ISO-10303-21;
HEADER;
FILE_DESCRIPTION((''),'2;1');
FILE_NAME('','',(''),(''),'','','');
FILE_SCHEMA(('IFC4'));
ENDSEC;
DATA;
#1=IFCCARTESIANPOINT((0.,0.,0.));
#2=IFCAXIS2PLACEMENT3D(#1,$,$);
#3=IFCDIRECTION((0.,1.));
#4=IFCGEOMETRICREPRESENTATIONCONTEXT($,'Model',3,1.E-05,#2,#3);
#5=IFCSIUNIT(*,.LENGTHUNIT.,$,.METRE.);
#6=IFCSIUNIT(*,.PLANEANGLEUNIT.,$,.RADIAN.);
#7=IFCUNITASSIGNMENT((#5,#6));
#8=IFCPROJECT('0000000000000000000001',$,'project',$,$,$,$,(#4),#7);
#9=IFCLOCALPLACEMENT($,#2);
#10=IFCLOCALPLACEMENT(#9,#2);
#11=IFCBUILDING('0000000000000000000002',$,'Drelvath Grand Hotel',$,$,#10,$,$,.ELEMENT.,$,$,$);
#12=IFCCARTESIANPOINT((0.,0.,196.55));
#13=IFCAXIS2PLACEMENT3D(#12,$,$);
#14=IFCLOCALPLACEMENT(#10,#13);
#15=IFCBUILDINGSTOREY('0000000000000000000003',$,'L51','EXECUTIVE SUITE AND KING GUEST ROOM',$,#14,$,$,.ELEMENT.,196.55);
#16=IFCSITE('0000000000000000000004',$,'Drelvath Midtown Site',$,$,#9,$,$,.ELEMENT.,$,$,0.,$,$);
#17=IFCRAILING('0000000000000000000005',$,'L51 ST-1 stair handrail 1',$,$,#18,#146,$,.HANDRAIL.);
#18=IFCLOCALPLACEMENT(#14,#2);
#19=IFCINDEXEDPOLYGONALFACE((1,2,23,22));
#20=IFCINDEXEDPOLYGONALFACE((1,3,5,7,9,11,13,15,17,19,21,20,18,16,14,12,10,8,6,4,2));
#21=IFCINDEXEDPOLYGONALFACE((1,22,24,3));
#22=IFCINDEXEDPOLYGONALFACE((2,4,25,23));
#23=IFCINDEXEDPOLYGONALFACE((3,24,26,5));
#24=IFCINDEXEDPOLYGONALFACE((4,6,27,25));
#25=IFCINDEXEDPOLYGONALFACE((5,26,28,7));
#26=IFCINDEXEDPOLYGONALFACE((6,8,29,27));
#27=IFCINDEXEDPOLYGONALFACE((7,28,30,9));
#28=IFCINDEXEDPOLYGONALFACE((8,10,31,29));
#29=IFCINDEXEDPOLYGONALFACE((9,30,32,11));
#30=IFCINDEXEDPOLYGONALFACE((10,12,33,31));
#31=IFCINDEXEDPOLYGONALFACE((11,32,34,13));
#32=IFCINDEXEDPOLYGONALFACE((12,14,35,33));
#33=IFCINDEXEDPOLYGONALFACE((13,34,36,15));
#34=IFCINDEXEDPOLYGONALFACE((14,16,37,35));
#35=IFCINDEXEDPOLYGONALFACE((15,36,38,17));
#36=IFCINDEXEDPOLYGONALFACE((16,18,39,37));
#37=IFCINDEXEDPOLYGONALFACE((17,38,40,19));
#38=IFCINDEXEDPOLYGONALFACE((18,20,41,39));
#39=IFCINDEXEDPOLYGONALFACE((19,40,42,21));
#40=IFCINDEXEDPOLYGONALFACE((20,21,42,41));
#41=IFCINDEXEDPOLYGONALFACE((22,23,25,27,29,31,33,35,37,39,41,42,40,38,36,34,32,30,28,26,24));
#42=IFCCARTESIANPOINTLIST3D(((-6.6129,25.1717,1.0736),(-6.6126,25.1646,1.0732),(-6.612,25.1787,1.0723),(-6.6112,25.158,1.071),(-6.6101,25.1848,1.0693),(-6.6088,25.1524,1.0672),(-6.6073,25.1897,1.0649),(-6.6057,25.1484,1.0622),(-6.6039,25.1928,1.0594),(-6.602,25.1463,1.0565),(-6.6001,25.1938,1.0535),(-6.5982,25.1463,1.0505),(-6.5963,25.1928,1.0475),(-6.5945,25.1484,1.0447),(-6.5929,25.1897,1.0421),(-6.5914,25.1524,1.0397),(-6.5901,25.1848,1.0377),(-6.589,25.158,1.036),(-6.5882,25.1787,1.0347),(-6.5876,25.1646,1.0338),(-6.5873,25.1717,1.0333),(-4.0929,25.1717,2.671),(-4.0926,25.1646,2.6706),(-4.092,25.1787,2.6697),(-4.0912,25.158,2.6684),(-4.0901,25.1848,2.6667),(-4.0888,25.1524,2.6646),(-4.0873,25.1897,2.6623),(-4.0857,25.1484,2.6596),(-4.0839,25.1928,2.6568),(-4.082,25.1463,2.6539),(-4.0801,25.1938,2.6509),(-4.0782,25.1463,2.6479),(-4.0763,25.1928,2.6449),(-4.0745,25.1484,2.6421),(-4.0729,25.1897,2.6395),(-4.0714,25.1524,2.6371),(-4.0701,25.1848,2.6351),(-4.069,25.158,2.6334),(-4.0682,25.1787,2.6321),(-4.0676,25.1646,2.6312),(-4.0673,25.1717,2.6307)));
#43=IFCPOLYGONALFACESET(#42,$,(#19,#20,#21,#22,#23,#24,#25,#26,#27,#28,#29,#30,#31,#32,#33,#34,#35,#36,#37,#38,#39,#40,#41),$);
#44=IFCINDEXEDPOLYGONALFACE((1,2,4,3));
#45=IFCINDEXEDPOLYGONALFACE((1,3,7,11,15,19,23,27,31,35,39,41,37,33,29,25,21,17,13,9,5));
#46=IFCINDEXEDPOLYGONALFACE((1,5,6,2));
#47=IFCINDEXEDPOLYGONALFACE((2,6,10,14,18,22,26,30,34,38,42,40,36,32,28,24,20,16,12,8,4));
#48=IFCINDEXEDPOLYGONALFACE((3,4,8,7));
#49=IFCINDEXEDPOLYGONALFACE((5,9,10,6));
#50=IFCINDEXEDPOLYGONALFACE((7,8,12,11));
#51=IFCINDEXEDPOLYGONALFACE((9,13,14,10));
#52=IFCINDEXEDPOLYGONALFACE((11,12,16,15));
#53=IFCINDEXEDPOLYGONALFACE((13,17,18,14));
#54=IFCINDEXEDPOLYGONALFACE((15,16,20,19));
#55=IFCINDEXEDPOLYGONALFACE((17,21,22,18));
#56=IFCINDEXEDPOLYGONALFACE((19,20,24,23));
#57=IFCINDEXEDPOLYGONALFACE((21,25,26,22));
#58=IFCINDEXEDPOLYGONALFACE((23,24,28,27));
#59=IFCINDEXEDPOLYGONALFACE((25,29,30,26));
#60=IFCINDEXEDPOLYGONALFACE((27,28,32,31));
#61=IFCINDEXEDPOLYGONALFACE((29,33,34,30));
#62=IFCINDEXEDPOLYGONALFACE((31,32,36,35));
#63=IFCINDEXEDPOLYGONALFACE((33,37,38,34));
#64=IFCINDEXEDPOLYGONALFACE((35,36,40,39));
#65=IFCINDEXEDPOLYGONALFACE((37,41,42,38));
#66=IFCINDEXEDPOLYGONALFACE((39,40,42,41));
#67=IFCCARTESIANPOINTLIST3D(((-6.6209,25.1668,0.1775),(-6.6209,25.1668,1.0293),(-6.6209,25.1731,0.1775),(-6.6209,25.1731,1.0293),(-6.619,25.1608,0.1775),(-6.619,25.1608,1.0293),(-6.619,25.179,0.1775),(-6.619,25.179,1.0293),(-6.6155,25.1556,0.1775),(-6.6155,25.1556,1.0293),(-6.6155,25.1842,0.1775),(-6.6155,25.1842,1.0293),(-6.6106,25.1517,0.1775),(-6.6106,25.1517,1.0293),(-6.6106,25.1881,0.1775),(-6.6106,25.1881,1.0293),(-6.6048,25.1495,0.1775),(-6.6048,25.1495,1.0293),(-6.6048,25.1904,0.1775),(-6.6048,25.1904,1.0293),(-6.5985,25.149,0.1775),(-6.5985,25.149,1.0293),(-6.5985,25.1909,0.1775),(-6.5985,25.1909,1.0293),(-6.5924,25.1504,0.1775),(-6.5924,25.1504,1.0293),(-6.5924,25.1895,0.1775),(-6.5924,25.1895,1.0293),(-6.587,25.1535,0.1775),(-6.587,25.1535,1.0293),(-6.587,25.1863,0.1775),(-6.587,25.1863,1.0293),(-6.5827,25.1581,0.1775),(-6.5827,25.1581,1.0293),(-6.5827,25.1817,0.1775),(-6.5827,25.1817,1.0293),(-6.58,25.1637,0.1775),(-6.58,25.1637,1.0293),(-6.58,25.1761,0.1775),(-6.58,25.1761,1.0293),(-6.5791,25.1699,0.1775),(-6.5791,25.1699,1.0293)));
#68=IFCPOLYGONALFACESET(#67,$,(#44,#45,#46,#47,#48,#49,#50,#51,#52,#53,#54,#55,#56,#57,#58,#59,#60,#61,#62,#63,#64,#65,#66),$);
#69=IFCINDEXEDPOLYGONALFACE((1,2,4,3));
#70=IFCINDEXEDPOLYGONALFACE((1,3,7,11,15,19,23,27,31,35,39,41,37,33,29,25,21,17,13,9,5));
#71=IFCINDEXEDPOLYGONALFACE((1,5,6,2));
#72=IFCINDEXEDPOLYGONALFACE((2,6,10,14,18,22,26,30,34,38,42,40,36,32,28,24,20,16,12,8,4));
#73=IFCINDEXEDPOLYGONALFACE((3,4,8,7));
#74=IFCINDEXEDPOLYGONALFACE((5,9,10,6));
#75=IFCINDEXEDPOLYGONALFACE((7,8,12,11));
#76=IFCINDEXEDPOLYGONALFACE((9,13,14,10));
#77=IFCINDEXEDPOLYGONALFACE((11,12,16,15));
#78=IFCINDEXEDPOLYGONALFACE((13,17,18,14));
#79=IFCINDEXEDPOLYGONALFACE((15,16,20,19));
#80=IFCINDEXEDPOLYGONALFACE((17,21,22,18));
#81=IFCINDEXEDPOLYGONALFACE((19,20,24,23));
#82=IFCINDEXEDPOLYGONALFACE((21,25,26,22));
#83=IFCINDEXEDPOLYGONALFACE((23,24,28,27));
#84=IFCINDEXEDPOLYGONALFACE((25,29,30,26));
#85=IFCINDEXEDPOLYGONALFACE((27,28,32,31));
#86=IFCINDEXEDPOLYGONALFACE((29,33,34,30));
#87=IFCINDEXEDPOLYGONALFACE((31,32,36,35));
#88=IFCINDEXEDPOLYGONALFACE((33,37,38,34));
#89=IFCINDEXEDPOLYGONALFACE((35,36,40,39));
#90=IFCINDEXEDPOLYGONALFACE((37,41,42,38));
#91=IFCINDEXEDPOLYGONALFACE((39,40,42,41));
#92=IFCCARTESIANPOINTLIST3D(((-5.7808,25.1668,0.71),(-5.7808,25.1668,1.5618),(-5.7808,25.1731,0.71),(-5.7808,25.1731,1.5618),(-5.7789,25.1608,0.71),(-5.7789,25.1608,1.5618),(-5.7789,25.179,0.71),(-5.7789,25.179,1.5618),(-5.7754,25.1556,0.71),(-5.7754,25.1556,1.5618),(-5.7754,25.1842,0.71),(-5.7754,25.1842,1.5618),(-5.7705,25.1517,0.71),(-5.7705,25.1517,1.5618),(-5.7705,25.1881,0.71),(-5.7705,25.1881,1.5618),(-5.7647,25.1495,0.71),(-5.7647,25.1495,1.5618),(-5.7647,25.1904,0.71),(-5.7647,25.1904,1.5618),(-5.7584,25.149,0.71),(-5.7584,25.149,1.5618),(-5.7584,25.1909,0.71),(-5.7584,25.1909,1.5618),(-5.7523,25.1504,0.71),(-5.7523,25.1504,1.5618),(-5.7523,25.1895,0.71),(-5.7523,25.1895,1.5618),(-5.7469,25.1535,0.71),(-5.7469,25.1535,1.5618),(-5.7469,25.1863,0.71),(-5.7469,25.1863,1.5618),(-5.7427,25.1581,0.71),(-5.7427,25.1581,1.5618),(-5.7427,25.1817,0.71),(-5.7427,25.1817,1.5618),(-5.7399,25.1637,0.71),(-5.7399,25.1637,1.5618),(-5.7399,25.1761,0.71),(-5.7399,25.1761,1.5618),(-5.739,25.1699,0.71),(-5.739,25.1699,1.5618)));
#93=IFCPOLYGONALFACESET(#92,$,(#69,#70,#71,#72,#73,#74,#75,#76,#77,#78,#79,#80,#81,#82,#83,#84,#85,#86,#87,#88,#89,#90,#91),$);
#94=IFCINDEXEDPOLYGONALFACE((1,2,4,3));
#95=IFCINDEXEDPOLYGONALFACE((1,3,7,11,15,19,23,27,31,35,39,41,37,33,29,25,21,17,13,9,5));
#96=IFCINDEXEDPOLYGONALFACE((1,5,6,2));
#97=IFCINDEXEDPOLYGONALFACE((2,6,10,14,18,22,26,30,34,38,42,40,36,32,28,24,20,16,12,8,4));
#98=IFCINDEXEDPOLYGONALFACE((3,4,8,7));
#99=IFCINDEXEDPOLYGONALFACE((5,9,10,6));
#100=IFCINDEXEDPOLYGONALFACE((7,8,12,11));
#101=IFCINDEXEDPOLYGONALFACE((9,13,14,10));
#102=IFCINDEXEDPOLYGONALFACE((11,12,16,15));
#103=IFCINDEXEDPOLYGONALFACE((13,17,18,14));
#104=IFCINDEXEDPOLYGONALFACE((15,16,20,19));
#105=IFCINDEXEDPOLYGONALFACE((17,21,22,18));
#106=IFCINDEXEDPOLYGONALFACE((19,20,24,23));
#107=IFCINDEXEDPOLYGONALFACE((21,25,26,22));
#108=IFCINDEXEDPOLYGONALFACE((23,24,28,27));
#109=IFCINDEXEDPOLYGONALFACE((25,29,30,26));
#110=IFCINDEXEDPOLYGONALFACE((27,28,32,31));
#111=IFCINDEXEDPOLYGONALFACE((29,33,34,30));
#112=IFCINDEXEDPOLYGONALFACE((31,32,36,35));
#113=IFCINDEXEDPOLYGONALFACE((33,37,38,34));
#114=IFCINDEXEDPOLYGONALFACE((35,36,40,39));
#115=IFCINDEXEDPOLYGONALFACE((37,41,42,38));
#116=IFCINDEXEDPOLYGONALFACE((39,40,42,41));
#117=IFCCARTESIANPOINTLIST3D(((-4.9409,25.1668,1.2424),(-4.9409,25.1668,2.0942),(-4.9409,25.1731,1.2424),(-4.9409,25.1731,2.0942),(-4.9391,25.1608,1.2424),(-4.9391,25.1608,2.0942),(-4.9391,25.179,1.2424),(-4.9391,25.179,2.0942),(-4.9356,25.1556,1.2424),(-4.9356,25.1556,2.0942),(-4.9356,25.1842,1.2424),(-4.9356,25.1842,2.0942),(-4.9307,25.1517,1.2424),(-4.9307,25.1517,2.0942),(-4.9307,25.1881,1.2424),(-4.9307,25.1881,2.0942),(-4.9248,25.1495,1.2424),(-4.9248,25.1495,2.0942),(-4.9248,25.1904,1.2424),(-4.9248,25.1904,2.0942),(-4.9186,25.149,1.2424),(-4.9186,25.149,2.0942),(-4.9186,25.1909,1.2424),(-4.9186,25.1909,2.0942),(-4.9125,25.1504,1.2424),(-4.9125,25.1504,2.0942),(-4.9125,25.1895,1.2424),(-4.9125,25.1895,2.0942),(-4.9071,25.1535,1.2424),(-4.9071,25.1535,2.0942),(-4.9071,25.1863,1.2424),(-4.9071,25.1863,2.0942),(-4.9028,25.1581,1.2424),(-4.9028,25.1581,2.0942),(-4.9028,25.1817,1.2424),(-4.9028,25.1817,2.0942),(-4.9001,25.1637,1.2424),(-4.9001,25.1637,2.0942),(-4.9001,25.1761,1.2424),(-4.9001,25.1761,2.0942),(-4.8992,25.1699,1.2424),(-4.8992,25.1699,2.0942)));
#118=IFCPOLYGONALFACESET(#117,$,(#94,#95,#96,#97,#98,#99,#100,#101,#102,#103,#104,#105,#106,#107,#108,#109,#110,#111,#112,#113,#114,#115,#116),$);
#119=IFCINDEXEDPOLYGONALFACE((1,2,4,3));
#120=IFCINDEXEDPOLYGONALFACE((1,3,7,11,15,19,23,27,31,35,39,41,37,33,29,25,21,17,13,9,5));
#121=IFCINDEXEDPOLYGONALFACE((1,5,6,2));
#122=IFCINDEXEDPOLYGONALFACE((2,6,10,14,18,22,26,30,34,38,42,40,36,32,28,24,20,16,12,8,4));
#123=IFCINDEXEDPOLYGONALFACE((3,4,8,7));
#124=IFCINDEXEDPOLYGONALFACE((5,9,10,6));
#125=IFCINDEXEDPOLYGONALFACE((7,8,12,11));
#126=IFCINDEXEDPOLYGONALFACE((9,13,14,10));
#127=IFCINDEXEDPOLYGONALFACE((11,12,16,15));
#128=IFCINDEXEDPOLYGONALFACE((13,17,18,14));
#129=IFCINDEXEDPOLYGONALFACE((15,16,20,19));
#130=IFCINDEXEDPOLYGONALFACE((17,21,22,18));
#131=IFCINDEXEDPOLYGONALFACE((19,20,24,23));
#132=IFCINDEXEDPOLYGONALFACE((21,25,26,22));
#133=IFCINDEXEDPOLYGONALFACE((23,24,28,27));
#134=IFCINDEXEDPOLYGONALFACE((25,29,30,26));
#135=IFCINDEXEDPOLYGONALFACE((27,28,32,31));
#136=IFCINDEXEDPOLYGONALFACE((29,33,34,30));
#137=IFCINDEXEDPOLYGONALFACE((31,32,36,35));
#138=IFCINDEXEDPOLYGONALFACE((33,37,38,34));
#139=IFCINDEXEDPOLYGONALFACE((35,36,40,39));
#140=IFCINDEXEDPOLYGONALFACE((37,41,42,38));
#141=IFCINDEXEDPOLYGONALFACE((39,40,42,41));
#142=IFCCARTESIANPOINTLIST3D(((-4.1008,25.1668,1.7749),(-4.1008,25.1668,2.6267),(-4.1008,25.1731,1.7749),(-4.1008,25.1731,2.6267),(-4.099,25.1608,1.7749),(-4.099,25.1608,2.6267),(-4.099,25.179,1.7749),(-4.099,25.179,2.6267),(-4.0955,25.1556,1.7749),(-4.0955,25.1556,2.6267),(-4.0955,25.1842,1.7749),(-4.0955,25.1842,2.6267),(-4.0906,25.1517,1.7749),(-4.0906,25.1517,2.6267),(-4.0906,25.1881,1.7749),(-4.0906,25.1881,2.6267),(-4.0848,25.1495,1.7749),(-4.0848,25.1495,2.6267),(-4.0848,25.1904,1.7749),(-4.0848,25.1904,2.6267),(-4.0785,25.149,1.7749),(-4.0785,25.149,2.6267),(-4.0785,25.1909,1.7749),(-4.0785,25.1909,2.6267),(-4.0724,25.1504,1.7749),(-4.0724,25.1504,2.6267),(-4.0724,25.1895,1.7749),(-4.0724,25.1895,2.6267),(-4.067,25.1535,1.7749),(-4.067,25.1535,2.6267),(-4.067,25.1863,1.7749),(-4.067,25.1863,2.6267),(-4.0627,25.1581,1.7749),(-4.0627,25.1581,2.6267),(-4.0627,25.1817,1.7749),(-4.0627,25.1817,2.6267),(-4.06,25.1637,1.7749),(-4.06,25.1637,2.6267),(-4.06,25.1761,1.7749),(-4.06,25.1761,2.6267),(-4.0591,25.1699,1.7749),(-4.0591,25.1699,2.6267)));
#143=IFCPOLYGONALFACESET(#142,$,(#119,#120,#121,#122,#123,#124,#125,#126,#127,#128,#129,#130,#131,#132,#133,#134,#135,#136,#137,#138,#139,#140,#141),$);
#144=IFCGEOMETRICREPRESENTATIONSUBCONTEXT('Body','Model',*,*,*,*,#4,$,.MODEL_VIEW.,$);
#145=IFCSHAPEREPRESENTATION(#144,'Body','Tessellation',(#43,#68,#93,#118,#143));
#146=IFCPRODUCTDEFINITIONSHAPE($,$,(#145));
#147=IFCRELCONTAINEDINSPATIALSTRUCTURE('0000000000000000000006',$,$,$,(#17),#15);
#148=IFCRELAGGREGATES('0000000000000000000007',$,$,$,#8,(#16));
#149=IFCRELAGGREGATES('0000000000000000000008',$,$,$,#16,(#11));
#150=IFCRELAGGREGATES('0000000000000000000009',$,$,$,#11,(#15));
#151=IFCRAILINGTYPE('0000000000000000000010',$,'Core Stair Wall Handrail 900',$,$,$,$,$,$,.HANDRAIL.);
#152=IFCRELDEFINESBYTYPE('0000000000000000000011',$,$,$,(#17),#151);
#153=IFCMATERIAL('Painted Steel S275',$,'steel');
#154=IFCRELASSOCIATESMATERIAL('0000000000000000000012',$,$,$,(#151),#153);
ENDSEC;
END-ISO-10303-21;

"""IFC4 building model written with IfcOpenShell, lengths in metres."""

from ifc_helpers import new_model, si_unit, direction, frame, origin, origin_2d, place, context, subcontext, project, spatial, circle, extrude, material, type_object, element, save


model = new_model("IFC4")

# Units and contexts
model_context = context("Model", 3, precision=1e-05, world=origin(), true_north=direction((0.0, 1.0)))
body_context = subcontext(model_context, "Body", "Model", "MODEL_VIEW")
ifc_project = project(units=[si_unit("LENGTHUNIT", "METRE"), si_unit("PLANEANGLEUNIT", "RADIAN")], contexts=[model_context])

# Site, building, storey
site_placement = place(None, origin())
site = spatial("IfcSite", under=ifc_project, at=site_placement, Name="Drelvath Midtown Site", CompositionType="ELEMENT", RefElevation=0.0)
building_placement = place(site_placement, origin())
building = spatial("IfcBuilding", under=site, at=building_placement, Name="Drelvath Grand Hotel", CompositionType="ELEMENT")
storey_placement = place(building_placement, frame((0.0, 0.0, 196.55)))
storey = spatial("IfcBuildingStorey", under=building, at=storey_placement, Name="L51", Description="EXECUTIVE SUITE AND KING GUEST ROOM", CompositionType="ELEMENT", Elevation=196.55)

# Shared definitions
ifc_material_1 = material(Name="Painted Steel S275", Category="steel")

# Railing
railing_type_1 = type_object("IfcRailingType", Name="Core Stair Wall Handrail 900", PredefinedType="HANDRAIL", material=ifc_material_1)
railing_1_placement = place(storey_placement, frame((-6.6001, 25.1699, 0.1775)))
element("IfcRailing", 1, at=railing_1_placement, inside=storey, type_object=railing_type_1, Name="L51 ST-1 stair handrail 1", PredefinedType="HANDRAIL", context=body_context, shape_type="SweptSolid", body=[
    extrude(circle(Radius=0.0239, at=origin_2d()), frame((0.0, 0.0, 0.876), z_axis=(0.844607, 0.0, 0.535387), x_axis=(0.0, 1.0, 0.0)), (0.0, 0.0, 1.0), 2.9836),
    extrude(circle(Radius=0.021, at=origin_2d()), origin(), (0.0, 0.0, 1.0), 0.8518),
    extrude(circle(Radius=0.021, at=origin_2d()), frame((0.8401, 0.0, 0.5325)), (0.0, 0.0, 1.0), 0.8518),
    extrude(circle(Radius=0.021, at=origin_2d()), frame((1.6799, 0.0, 1.0649)), (0.0, 0.0, 1.0), 0.8518),
    extrude(circle(Radius=0.021, at=origin_2d()), frame((2.52, 0.0, 1.5974)), (0.0, 0.0, 1.0), 0.8518),
])

save(model, "model.ifc")
